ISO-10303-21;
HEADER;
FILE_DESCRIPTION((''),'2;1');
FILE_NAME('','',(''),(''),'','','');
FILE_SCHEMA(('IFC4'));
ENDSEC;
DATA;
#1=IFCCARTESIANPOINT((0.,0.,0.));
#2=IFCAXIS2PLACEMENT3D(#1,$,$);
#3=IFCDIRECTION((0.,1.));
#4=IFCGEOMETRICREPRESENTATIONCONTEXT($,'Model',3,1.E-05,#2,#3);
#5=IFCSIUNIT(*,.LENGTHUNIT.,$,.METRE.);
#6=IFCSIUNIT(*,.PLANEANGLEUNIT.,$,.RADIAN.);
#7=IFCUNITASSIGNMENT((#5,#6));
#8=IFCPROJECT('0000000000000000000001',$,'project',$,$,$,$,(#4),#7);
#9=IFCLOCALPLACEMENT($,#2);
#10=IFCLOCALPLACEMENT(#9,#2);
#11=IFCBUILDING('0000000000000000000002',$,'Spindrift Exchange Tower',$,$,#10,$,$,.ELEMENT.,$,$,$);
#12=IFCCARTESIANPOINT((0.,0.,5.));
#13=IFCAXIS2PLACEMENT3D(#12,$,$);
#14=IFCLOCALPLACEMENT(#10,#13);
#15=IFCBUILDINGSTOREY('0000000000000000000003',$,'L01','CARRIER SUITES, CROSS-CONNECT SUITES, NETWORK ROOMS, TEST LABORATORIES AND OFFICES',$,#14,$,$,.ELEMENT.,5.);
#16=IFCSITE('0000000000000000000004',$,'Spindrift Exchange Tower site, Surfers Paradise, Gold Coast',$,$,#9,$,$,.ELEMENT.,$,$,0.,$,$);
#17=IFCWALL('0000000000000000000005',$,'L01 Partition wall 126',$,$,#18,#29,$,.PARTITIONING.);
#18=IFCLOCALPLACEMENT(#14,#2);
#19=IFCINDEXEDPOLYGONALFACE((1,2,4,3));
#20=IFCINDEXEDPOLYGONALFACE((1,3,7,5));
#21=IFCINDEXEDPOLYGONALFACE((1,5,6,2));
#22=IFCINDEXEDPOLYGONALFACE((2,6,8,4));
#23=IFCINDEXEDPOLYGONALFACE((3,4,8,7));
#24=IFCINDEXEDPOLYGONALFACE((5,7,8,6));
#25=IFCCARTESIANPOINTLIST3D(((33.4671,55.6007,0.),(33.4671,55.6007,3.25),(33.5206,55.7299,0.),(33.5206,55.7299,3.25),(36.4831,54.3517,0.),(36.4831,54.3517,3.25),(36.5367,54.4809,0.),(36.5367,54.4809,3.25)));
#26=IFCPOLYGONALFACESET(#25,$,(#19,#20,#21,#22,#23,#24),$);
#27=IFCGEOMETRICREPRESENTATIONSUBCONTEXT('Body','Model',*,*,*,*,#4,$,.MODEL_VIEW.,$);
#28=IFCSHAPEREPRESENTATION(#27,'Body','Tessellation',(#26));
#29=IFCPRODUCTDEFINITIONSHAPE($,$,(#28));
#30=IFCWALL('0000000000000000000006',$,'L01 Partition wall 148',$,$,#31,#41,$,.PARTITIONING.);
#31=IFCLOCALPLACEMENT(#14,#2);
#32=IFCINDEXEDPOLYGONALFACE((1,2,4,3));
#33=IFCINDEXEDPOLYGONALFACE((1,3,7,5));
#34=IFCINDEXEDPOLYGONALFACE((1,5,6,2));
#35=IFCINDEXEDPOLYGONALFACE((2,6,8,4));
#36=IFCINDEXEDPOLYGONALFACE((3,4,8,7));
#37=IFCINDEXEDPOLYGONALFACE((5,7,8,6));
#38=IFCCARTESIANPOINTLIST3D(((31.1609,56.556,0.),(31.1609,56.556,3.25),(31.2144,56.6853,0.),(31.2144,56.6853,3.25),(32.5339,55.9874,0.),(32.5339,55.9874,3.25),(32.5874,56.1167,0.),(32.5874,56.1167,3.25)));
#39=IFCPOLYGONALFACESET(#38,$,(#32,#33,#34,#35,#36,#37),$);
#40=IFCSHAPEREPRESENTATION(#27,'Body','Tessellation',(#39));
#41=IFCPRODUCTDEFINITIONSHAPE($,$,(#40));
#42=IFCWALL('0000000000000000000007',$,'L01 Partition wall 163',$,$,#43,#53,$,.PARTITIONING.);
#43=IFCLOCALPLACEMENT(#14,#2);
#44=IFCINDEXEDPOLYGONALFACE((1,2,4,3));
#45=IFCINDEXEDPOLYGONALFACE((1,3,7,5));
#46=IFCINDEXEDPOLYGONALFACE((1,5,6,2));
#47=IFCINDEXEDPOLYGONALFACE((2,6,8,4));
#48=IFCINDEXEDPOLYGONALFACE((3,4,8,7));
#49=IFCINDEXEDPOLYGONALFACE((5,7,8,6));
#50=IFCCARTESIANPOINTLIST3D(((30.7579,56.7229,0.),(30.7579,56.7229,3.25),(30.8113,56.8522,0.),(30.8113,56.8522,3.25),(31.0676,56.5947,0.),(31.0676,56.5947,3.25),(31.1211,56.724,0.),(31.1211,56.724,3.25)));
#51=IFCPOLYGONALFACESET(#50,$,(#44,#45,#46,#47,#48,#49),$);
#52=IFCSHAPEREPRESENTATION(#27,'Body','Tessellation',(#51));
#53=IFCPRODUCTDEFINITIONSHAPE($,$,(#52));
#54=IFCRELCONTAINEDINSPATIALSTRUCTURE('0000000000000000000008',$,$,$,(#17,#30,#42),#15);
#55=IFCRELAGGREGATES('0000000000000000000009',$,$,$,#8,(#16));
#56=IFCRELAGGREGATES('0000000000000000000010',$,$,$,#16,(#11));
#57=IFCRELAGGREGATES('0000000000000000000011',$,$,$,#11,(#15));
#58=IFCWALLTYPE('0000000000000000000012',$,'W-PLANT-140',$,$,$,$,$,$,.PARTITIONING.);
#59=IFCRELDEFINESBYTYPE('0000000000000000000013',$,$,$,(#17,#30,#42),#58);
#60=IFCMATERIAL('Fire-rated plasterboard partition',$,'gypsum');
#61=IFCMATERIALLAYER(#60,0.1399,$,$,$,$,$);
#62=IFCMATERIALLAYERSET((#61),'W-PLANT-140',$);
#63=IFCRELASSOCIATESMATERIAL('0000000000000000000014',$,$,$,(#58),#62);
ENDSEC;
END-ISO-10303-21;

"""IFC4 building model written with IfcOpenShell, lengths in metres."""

from ifc_helpers import new_model, si_unit, direction, frame, frame_2d, origin, place, context, subcontext, project, spatial, rectangle, extrude, material, layer, layer_set, type_object, element, save


model = new_model("IFC4")

# Units and contexts
model_context = context("Model", 3, precision=1e-05, world=origin(), true_north=direction((0.0, 1.0)))
body_context = subcontext(model_context, "Body", "Model", "MODEL_VIEW")
ifc_project = project(units=[si_unit("LENGTHUNIT", "METRE"), si_unit("PLANEANGLEUNIT", "RADIAN")], contexts=[model_context])

# Site, building, storey
site_placement = place(None, origin())
site = spatial("IfcSite", under=ifc_project, at=site_placement, Name="Spindrift Exchange Tower site, Surfers Paradise, Gold Coast", CompositionType="ELEMENT", RefElevation=0.0)
building_placement = place(site_placement, origin())
building = spatial("IfcBuilding", under=site, at=building_placement, Name="Spindrift Exchange Tower", CompositionType="ELEMENT")
storey_placement = place(building_placement, frame((0.0, 0.0, 5.0)))
storey = spatial("IfcBuildingStorey", under=building, at=storey_placement, Name="L01", Description="CARRIER SUITES, CROSS-CONNECT SUITES, NETWORK ROOMS, TEST LABORATORIES AND OFFICES", CompositionType="ELEMENT", Elevation=5.0)

# Shared definitions
ifc_material_1 = material(Name="Fire-rated plasterboard partition", Category="gypsum")
ifc_layer_1 = layer(ifc_material_1, 0.1399)
ifc_layer_set_1 = layer_set([ifc_layer_1], Name="W-PLANT-140")
wall_type_1 = type_object("IfcWallType", Name="W-PLANT-140", PredefinedType="PARTITIONING", material=ifc_layer_set_1)

# Walls
wall_1_placement = place(storey_placement, frame((36.51, 54.4163, 0.0), z_axis=(0.0, 0.0, 1.0), x_axis=(-0.923911, 0.382607, 0.0)))
element("IfcWall", 1, at=wall_1_placement, inside=storey, type_object=wall_type_1, Name="L01 Partition wall 126", PredefinedType="PARTITIONING", context=body_context, shape_type="SweptSolid", body=[
    extrude(rectangle(XDim=3.2644, YDim=0.1399, at=frame_2d((1.6323, 0.0))), origin(), (0.0, 0.0, 1.0), 3.25),
])
wall_2_placement = place(storey_placement, frame((32.5608, 56.052, 0.0), z_axis=(0.0, 0.0, 1.0), x_axis=(-0.923911, 0.382608, 0.0)))
element("IfcWall", 2, at=wall_2_placement, inside=storey, type_object=wall_type_1, Name="L01 Partition wall 148", PredefinedType="PARTITIONING", context=body_context, shape_type="SweptSolid", body=[
    extrude(rectangle(XDim=1.4861, YDim=0.1399, at=frame_2d((0.7432, 0.0))), origin(), (0.0, 0.0, 1.0), 3.25),
])
wall_3_placement = place(storey_placement, frame((31.0942, 56.6594, 0.0), z_axis=(0.0, 0.0, 1.0), x_axis=(-0.924043, 0.382287, 0.0)))
element("IfcWall", 3, at=wall_3_placement, inside=storey, type_object=wall_type_1, Name="L01 Partition wall 163", PredefinedType="PARTITIONING", context=body_context, shape_type="SweptSolid", body=[
    extrude(rectangle(XDim=0.3352, YDim=0.1399, at=frame_2d((0.1675, 0.0))), origin(), (0.0, 0.0, 1.0), 3.25),
])

save(model, "model.ifc")
